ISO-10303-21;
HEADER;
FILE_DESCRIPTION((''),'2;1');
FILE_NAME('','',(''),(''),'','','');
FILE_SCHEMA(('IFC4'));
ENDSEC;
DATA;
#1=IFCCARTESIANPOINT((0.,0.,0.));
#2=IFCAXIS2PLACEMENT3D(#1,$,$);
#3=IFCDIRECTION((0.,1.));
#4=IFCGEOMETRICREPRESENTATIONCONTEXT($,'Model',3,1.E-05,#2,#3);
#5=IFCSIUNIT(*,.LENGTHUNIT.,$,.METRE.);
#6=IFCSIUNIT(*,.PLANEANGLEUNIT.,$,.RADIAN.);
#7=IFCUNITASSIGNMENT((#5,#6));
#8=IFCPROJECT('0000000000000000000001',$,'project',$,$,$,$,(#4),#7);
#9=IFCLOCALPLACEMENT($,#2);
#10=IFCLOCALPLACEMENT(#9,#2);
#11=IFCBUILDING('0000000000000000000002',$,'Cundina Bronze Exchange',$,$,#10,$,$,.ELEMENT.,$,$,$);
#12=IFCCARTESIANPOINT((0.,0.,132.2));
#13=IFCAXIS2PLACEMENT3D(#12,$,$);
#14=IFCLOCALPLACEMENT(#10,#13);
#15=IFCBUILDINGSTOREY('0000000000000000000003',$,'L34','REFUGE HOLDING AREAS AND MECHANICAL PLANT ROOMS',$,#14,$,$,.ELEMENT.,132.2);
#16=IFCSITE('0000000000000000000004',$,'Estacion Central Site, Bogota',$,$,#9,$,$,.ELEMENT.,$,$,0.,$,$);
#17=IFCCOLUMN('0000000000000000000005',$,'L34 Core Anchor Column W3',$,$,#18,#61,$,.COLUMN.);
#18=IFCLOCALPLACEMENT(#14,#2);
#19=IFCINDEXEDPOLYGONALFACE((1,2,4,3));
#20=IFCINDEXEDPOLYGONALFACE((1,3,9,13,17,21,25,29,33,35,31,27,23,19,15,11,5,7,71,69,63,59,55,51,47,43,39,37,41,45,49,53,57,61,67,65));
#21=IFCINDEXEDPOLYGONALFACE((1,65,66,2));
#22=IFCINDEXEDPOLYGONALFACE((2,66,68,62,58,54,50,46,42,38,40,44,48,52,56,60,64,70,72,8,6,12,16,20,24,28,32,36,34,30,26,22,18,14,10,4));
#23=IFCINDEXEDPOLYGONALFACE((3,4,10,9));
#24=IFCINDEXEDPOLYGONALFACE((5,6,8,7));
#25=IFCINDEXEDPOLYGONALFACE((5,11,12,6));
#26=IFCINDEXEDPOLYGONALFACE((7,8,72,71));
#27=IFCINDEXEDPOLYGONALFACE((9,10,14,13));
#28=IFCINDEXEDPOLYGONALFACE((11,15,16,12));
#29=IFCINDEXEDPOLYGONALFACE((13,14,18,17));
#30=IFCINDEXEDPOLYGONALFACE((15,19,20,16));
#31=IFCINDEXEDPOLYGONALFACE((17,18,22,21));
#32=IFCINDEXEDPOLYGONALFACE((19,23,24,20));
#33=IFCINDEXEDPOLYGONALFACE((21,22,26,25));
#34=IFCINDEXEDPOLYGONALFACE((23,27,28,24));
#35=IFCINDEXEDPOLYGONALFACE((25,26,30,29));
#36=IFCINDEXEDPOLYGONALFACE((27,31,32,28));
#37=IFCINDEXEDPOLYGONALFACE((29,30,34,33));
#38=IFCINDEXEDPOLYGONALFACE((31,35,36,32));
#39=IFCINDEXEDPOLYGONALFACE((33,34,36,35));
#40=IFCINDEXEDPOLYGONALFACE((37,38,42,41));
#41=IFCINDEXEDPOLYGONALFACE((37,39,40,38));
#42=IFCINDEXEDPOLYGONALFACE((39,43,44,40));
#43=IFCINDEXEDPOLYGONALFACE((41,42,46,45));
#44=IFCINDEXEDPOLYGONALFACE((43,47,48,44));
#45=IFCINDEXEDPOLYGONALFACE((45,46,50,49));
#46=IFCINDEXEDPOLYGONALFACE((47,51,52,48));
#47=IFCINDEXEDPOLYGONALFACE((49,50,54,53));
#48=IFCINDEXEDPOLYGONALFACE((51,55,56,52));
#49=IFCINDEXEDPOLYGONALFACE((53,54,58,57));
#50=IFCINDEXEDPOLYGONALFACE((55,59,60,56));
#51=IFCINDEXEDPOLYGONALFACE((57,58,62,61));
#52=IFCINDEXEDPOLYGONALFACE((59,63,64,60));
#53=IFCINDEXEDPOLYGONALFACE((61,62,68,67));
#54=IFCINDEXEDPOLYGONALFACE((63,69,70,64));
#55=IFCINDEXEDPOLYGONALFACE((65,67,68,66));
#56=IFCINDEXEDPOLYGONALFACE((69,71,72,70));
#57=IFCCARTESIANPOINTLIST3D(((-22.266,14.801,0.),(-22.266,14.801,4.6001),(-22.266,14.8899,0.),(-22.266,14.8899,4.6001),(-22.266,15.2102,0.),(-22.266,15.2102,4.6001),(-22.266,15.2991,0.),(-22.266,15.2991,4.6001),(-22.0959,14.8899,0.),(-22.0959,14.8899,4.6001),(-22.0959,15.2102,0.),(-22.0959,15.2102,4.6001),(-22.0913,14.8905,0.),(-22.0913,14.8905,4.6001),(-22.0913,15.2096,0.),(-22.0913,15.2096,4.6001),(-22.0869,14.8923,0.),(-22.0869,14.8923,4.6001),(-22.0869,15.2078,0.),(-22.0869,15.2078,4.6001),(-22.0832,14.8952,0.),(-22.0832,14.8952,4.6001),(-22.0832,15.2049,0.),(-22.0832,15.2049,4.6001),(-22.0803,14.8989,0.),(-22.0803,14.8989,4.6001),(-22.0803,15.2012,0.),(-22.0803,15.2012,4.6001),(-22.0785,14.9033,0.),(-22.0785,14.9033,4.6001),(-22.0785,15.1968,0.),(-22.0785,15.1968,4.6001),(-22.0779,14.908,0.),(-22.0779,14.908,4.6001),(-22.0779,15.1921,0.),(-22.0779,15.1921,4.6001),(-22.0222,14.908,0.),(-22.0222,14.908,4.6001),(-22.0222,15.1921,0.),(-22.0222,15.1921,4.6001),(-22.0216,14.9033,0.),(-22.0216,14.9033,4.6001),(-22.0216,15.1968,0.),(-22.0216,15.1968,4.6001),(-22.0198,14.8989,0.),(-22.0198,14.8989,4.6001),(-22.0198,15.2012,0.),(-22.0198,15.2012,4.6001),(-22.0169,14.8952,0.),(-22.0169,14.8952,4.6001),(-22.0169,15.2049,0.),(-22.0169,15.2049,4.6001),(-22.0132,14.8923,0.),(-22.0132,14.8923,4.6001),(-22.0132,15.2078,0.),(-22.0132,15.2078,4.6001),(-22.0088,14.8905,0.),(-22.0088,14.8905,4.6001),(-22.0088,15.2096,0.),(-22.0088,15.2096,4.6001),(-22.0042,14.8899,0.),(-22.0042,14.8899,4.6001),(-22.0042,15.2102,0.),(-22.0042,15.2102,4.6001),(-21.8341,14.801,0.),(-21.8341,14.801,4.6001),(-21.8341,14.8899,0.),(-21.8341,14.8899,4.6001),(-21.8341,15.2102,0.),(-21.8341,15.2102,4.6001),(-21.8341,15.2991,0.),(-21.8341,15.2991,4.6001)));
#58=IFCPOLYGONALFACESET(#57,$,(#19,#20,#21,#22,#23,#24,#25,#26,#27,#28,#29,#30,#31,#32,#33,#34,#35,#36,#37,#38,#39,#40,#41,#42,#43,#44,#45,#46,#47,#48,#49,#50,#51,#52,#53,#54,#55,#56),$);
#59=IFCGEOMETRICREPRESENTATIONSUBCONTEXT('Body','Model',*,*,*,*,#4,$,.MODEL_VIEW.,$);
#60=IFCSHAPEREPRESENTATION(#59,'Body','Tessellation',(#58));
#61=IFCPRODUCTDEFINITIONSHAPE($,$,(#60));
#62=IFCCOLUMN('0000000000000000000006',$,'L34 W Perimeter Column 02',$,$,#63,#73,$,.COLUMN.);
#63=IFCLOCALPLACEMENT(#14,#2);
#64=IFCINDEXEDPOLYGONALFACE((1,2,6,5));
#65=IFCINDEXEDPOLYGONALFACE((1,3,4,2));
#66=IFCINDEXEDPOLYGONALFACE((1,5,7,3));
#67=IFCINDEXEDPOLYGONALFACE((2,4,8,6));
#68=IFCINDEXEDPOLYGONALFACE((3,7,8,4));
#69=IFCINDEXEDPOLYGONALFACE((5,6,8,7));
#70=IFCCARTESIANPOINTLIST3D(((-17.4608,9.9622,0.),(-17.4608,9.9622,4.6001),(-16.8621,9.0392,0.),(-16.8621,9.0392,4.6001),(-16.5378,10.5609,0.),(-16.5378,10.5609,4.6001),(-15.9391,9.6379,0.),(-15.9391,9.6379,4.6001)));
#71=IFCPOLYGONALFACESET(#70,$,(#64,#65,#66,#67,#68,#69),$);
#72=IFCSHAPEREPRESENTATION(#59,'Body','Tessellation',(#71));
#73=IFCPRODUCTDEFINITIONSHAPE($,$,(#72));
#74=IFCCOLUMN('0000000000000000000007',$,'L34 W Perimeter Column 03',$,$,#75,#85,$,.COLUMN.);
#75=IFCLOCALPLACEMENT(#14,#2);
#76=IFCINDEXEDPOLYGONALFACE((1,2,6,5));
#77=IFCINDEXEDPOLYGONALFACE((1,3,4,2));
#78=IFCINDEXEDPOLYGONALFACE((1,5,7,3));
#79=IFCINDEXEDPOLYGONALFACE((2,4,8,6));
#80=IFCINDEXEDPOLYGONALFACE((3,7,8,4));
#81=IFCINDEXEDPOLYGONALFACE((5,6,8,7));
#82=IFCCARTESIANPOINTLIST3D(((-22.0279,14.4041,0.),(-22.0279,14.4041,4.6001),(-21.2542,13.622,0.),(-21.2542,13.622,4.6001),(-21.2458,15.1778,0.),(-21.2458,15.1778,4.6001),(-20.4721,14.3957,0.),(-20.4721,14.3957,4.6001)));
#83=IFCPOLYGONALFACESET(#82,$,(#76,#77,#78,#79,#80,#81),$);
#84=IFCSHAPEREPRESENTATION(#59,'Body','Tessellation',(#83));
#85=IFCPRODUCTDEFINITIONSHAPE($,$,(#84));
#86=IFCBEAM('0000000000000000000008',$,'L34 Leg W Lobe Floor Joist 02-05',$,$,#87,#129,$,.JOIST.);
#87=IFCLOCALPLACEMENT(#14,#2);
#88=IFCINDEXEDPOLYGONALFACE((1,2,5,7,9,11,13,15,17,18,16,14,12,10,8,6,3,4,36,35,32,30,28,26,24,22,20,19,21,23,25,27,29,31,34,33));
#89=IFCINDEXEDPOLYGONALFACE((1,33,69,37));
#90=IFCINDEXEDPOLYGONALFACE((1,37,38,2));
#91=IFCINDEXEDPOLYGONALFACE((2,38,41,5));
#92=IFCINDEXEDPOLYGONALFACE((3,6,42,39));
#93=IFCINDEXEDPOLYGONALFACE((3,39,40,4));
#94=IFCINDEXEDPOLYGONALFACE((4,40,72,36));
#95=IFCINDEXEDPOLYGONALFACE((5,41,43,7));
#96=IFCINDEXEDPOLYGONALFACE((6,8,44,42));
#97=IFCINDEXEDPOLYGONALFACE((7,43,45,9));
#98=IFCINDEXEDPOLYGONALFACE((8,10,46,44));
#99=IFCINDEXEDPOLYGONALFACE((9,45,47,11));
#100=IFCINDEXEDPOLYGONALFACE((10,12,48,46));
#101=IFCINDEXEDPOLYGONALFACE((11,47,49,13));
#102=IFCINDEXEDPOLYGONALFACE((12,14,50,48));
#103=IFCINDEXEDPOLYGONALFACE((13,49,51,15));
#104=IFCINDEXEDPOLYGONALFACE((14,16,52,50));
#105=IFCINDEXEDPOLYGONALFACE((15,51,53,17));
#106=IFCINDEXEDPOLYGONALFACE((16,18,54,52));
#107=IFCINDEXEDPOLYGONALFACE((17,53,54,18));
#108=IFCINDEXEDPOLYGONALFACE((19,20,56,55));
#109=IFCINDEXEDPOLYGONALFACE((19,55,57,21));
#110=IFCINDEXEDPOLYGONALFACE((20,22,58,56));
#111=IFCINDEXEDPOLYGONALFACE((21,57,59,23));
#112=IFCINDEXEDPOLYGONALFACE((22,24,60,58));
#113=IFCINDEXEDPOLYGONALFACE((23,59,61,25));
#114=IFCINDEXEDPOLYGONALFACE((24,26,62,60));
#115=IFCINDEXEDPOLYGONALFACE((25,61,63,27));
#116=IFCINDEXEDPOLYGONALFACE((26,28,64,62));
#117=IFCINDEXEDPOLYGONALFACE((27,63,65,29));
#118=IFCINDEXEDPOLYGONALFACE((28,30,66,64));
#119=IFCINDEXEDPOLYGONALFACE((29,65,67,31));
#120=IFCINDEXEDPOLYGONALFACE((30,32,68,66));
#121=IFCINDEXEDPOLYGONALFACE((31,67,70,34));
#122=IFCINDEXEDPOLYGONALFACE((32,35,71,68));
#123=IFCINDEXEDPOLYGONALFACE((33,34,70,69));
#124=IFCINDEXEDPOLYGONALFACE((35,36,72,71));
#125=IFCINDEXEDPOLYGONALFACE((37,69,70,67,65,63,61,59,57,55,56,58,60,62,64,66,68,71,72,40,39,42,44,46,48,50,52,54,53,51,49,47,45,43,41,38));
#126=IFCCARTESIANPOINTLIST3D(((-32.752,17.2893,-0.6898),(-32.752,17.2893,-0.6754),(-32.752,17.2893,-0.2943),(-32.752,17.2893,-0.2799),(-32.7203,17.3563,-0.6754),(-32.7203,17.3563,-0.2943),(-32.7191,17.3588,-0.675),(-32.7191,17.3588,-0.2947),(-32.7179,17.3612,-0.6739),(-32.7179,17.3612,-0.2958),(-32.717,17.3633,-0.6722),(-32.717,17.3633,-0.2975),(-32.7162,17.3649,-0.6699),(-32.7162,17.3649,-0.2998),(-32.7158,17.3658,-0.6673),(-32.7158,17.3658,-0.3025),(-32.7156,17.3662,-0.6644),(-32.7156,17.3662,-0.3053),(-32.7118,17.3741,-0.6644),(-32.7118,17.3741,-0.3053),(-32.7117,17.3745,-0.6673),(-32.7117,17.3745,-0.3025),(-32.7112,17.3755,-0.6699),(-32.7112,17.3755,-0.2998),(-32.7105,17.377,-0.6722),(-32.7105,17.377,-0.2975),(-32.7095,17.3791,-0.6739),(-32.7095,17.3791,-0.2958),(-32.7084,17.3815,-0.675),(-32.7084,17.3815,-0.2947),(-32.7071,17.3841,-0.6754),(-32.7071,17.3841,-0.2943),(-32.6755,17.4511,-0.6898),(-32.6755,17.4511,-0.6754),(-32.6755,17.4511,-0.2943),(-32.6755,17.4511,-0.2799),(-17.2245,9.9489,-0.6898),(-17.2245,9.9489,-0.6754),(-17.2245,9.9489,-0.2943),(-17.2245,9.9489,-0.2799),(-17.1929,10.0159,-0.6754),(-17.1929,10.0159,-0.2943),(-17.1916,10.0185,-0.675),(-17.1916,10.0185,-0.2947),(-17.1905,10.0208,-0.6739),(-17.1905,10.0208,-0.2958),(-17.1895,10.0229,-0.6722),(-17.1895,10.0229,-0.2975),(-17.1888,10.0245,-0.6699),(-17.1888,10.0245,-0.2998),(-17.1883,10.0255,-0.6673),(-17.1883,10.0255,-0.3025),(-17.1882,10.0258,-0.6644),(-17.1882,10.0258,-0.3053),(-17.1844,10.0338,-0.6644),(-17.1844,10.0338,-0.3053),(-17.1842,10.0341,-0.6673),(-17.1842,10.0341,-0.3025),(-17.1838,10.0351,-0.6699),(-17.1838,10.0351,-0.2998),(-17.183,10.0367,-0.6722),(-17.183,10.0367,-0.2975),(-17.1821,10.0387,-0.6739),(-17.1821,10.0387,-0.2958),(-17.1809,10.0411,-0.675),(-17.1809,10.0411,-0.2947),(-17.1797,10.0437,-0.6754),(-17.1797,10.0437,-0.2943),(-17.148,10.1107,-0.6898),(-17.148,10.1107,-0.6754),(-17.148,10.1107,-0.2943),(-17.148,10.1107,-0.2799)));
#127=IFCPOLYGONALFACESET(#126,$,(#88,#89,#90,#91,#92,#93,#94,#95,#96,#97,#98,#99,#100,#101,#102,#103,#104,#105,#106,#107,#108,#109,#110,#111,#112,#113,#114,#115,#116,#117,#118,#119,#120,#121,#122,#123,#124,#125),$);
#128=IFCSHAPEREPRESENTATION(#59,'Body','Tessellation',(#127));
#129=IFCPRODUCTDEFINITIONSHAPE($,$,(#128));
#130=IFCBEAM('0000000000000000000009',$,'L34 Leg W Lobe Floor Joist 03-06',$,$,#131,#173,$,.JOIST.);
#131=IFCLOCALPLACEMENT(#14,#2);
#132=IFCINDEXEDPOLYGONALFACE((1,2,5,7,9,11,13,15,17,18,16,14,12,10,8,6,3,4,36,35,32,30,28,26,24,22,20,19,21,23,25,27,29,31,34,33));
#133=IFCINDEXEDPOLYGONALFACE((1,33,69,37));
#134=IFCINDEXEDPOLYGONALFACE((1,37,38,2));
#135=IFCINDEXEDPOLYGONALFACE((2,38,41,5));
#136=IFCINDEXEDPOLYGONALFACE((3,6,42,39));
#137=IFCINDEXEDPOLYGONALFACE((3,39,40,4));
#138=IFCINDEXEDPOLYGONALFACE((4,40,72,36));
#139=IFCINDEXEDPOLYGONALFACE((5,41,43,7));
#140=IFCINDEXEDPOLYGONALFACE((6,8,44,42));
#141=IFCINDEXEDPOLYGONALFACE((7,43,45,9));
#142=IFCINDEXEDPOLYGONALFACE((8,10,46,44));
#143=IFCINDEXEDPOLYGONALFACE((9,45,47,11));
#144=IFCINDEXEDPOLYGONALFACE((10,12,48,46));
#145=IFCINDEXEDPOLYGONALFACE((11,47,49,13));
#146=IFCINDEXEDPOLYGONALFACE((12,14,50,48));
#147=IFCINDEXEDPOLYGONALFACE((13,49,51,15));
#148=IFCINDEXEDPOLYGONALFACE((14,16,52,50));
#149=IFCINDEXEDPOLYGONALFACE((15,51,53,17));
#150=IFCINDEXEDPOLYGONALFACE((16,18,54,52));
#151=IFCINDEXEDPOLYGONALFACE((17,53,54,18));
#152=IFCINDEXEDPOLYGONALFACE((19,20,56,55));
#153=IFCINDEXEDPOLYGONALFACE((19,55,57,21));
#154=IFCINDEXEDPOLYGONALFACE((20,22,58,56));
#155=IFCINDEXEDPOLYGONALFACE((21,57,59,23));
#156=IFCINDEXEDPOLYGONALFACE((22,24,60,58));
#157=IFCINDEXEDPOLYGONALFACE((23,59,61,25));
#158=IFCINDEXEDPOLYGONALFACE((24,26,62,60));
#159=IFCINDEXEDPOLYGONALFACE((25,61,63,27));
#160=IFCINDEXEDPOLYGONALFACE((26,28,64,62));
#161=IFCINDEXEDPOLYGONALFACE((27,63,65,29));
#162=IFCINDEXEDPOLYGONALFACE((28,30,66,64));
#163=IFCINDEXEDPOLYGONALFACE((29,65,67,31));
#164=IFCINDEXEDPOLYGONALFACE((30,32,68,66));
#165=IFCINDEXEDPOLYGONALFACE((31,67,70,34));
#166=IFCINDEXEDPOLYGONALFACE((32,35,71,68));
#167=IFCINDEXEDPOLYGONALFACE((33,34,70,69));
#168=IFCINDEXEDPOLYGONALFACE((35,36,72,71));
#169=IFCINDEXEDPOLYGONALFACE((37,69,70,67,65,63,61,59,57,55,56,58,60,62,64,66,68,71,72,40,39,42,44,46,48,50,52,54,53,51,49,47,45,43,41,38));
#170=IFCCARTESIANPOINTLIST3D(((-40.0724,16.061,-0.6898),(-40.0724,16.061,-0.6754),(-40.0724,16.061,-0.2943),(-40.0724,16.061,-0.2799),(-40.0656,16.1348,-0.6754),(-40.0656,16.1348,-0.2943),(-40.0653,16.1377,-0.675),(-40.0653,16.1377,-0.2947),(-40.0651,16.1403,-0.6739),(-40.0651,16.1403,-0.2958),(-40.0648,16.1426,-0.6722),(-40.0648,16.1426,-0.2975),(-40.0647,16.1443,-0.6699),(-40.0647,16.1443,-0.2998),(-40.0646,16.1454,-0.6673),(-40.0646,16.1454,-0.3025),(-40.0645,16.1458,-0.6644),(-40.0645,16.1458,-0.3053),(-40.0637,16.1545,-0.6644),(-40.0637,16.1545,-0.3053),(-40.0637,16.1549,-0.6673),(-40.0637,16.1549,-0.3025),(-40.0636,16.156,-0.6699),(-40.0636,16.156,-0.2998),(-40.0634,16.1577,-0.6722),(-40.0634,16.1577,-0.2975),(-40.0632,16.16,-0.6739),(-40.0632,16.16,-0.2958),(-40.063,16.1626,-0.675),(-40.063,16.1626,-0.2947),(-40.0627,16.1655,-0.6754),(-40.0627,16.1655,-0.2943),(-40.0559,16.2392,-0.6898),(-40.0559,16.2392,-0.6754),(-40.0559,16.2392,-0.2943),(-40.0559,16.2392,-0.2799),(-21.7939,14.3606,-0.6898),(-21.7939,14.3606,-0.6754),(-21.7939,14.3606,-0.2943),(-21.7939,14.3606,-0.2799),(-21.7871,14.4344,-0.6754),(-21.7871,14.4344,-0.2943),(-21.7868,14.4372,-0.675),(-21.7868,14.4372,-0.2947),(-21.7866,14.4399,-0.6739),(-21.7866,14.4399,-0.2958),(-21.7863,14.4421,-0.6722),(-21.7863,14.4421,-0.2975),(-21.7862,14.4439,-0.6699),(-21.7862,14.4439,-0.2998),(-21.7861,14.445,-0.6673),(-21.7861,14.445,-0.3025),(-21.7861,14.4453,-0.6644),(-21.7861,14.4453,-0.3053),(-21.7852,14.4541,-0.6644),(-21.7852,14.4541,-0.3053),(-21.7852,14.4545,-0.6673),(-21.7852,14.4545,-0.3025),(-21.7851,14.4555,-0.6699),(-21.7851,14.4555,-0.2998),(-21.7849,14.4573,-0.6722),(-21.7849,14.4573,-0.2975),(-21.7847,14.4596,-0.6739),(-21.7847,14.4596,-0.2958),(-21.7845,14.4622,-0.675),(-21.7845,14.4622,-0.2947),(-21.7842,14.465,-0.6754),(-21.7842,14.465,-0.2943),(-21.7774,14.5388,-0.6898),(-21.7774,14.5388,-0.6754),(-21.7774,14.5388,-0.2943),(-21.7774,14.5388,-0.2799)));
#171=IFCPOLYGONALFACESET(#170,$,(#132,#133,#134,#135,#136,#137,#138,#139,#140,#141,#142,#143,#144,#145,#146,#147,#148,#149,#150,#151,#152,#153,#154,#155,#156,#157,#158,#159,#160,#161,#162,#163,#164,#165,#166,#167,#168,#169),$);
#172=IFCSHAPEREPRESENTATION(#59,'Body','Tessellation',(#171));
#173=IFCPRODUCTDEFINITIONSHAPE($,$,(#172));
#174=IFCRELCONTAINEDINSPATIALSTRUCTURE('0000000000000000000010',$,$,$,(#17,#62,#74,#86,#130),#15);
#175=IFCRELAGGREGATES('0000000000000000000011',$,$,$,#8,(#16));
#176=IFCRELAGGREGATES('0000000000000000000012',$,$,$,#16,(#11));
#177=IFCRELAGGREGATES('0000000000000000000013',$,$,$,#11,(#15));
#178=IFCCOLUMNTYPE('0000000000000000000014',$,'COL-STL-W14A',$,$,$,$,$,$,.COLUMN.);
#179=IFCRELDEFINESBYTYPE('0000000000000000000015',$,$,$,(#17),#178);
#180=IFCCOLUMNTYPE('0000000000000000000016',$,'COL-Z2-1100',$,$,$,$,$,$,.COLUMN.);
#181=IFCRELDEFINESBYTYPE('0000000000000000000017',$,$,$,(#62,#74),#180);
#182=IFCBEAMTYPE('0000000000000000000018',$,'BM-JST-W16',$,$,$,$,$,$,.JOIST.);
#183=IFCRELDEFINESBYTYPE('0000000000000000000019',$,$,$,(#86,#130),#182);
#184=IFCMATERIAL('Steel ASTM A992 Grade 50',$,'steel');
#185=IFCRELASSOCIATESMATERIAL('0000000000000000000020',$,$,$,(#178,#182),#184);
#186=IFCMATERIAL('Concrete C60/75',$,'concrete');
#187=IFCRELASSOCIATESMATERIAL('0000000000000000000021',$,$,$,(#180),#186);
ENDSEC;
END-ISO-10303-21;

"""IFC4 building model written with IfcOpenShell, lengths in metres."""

from ifc_helpers import new_model, si_unit, direction, frame, origin, origin_2d, place, context, subcontext, project, spatial, rectangle, i_section, extrude, material, material_profile, profile_set, type_object, element, save


model = new_model("IFC4")

# Units and contexts
model_context = context("Model", 3, precision=1e-05, world=origin(), true_north=direction((0.0, 1.0)))
body_context = subcontext(model_context, "Body", "Model", "MODEL_VIEW")
ifc_project = project(units=[si_unit("LENGTHUNIT", "METRE"), si_unit("PLANEANGLEUNIT", "RADIAN")], contexts=[model_context])

# Site, building, storey
site_placement = place(None, origin())
site = spatial("IfcSite", under=ifc_project, at=site_placement, Name="Estacion Central Site, Bogota", CompositionType="ELEMENT", RefElevation=0.0)
building_placement = place(site_placement, origin())
building = spatial("IfcBuilding", under=site, at=building_placement, Name="Cundina Bronze Exchange", CompositionType="ELEMENT")
storey_placement = place(building_placement, frame((0.0, 0.0, 132.2)))
storey = spatial("IfcBuildingStorey", under=building, at=storey_placement, Name="L34", Description="REFUGE HOLDING AREAS AND MECHANICAL PLANT ROOMS", CompositionType="ELEMENT", Elevation=132.2)

# Columns
ifc_material_1 = material(Name="Steel ASTM A992 Grade 50", Category="steel")
ifc_material_profile_1 = material_profile(ifc_material_1, i_section(OverallWidth=0.4319, OverallDepth=0.498, WebThickness=0.0557, FlangeThickness=0.0889, FilletRadius=0.0181, at=origin_2d()), Name="W14X500", Category="steel")
ifc_profile_set_1 = profile_set([ifc_material_profile_1], Name="Steel ASTM A992 Grade 50")
column_type_1 = type_object("IfcColumnType", Name="COL-STL-W14A", PredefinedType="COLUMN", material=ifc_profile_set_1)
column_placement = place(storey_placement, frame((-22.05, 15.05, 0.0), z_axis=(0.0, 0.0, 1.0), x_axis=(1.0, 0.0, 0.0)))
element("IfcColumn", 1, at=column_placement, inside=storey, type_object=column_type_1, Name="L34 Core Anchor Column W3", PredefinedType="COLUMN", context=body_context, shape_type="SweptSolid", body=[
    extrude(i_section(OverallWidth=0.4319, OverallDepth=0.498, WebThickness=0.0557, FlangeThickness=0.0889, FilletRadius=0.0181, at=origin_2d()), origin(), (0.0, 0.0, 1.0), 4.6001),
])
ifc_material_2 = material(Name="Concrete C60/75", Category="concrete")
ifc_material_profile_2 = material_profile(ifc_material_2, rectangle(XDim=1.1001, YDim=1.1001, at=origin_2d()), Name="RC1100X1100", Category="concrete")
ifc_profile_set_2 = profile_set([ifc_material_profile_2], Name="Concrete C60/75")
column_type_2 = type_object("IfcColumnType", Name="COL-Z2-1100", PredefinedType="COLUMN", material=ifc_profile_set_2)
for number, where, z_axis, x_axis, name in (
    (2, (-16.7, 9.8, 0.0), (0.0, 0.0, 1.0), (-0.5442, 0.838956, 0.0), "L34 W Perimeter Column 02"),
    (3, (-21.25, 14.3999, 0.0), (0.0, 0.0, 1.0), (-0.703271, 0.710922, 0.0), "L34 W Perimeter Column 03"),
):
    element("IfcColumn", number, at=place(storey_placement, frame(where, z_axis=z_axis, x_axis=x_axis)), inside=storey, type_object=column_type_2, Name=name, PredefinedType="COLUMN", context=body_context, shape_type="SweptSolid", body=[
        extrude(rectangle(XDim=1.1001, YDim=1.1001, at=origin_2d()), origin(), (0.0, 0.0, 1.0), 4.6001),
    ])

# Beams
ifc_material_profile_3 = material_profile(ifc_material_1, i_section(OverallWidth=0.179, OverallDepth=0.4099, WebThickness=0.0088, FlangeThickness=0.0144, FilletRadius=0.011, at=origin_2d()), Name="W16X45", Category="steel")
ifc_profile_set_3 = profile_set([ifc_material_profile_3], Name="Steel ASTM A992 Grade 50")
beam_type_1 = type_object("IfcBeamType", Name="BM-JST-W16", PredefinedType="JOIST", material=ifc_profile_set_3)
beam_1_placement = place(storey_placement, frame((-17.1863, 10.0298, -0.4849), z_axis=(-0.904069, 0.427386, 0.0), x_axis=(-0.427386, -0.904069, 0.0)))
element("IfcBeam", 4, at=beam_1_placement, inside=storey, type_object=beam_type_1, Name="L34 Leg W Lobe Floor Joist 02-05", PredefinedType="JOIST", context=body_context, shape_type="SweptSolid", body=[
    extrude(i_section(OverallWidth=0.179, OverallDepth=0.4099, WebThickness=0.0088, FlangeThickness=0.0144, FilletRadius=0.011, at=origin_2d()), origin(), (0.0, 0.0, 1.0), 17.175),
])
beam_2_placement = place(storey_placement, frame((-21.7856, 14.4497, -0.4849), z_axis=(-0.995701, 0.092629, 0.0), x_axis=(-0.092629, -0.995701, 0.0)))
element("IfcBeam", 5, at=beam_2_placement, inside=storey, type_object=beam_type_1, Name="L34 Leg W Lobe Floor Joist 03-06", PredefinedType="JOIST", context=body_context, shape_type="SweptSolid", body=[
    extrude(i_section(OverallWidth=0.179, OverallDepth=0.4099, WebThickness=0.0088, FlangeThickness=0.0144, FilletRadius=0.011, at=origin_2d()), origin(), (0.0, 0.0, 1.0), 18.3574),
])

save(model, "model.ifc")
